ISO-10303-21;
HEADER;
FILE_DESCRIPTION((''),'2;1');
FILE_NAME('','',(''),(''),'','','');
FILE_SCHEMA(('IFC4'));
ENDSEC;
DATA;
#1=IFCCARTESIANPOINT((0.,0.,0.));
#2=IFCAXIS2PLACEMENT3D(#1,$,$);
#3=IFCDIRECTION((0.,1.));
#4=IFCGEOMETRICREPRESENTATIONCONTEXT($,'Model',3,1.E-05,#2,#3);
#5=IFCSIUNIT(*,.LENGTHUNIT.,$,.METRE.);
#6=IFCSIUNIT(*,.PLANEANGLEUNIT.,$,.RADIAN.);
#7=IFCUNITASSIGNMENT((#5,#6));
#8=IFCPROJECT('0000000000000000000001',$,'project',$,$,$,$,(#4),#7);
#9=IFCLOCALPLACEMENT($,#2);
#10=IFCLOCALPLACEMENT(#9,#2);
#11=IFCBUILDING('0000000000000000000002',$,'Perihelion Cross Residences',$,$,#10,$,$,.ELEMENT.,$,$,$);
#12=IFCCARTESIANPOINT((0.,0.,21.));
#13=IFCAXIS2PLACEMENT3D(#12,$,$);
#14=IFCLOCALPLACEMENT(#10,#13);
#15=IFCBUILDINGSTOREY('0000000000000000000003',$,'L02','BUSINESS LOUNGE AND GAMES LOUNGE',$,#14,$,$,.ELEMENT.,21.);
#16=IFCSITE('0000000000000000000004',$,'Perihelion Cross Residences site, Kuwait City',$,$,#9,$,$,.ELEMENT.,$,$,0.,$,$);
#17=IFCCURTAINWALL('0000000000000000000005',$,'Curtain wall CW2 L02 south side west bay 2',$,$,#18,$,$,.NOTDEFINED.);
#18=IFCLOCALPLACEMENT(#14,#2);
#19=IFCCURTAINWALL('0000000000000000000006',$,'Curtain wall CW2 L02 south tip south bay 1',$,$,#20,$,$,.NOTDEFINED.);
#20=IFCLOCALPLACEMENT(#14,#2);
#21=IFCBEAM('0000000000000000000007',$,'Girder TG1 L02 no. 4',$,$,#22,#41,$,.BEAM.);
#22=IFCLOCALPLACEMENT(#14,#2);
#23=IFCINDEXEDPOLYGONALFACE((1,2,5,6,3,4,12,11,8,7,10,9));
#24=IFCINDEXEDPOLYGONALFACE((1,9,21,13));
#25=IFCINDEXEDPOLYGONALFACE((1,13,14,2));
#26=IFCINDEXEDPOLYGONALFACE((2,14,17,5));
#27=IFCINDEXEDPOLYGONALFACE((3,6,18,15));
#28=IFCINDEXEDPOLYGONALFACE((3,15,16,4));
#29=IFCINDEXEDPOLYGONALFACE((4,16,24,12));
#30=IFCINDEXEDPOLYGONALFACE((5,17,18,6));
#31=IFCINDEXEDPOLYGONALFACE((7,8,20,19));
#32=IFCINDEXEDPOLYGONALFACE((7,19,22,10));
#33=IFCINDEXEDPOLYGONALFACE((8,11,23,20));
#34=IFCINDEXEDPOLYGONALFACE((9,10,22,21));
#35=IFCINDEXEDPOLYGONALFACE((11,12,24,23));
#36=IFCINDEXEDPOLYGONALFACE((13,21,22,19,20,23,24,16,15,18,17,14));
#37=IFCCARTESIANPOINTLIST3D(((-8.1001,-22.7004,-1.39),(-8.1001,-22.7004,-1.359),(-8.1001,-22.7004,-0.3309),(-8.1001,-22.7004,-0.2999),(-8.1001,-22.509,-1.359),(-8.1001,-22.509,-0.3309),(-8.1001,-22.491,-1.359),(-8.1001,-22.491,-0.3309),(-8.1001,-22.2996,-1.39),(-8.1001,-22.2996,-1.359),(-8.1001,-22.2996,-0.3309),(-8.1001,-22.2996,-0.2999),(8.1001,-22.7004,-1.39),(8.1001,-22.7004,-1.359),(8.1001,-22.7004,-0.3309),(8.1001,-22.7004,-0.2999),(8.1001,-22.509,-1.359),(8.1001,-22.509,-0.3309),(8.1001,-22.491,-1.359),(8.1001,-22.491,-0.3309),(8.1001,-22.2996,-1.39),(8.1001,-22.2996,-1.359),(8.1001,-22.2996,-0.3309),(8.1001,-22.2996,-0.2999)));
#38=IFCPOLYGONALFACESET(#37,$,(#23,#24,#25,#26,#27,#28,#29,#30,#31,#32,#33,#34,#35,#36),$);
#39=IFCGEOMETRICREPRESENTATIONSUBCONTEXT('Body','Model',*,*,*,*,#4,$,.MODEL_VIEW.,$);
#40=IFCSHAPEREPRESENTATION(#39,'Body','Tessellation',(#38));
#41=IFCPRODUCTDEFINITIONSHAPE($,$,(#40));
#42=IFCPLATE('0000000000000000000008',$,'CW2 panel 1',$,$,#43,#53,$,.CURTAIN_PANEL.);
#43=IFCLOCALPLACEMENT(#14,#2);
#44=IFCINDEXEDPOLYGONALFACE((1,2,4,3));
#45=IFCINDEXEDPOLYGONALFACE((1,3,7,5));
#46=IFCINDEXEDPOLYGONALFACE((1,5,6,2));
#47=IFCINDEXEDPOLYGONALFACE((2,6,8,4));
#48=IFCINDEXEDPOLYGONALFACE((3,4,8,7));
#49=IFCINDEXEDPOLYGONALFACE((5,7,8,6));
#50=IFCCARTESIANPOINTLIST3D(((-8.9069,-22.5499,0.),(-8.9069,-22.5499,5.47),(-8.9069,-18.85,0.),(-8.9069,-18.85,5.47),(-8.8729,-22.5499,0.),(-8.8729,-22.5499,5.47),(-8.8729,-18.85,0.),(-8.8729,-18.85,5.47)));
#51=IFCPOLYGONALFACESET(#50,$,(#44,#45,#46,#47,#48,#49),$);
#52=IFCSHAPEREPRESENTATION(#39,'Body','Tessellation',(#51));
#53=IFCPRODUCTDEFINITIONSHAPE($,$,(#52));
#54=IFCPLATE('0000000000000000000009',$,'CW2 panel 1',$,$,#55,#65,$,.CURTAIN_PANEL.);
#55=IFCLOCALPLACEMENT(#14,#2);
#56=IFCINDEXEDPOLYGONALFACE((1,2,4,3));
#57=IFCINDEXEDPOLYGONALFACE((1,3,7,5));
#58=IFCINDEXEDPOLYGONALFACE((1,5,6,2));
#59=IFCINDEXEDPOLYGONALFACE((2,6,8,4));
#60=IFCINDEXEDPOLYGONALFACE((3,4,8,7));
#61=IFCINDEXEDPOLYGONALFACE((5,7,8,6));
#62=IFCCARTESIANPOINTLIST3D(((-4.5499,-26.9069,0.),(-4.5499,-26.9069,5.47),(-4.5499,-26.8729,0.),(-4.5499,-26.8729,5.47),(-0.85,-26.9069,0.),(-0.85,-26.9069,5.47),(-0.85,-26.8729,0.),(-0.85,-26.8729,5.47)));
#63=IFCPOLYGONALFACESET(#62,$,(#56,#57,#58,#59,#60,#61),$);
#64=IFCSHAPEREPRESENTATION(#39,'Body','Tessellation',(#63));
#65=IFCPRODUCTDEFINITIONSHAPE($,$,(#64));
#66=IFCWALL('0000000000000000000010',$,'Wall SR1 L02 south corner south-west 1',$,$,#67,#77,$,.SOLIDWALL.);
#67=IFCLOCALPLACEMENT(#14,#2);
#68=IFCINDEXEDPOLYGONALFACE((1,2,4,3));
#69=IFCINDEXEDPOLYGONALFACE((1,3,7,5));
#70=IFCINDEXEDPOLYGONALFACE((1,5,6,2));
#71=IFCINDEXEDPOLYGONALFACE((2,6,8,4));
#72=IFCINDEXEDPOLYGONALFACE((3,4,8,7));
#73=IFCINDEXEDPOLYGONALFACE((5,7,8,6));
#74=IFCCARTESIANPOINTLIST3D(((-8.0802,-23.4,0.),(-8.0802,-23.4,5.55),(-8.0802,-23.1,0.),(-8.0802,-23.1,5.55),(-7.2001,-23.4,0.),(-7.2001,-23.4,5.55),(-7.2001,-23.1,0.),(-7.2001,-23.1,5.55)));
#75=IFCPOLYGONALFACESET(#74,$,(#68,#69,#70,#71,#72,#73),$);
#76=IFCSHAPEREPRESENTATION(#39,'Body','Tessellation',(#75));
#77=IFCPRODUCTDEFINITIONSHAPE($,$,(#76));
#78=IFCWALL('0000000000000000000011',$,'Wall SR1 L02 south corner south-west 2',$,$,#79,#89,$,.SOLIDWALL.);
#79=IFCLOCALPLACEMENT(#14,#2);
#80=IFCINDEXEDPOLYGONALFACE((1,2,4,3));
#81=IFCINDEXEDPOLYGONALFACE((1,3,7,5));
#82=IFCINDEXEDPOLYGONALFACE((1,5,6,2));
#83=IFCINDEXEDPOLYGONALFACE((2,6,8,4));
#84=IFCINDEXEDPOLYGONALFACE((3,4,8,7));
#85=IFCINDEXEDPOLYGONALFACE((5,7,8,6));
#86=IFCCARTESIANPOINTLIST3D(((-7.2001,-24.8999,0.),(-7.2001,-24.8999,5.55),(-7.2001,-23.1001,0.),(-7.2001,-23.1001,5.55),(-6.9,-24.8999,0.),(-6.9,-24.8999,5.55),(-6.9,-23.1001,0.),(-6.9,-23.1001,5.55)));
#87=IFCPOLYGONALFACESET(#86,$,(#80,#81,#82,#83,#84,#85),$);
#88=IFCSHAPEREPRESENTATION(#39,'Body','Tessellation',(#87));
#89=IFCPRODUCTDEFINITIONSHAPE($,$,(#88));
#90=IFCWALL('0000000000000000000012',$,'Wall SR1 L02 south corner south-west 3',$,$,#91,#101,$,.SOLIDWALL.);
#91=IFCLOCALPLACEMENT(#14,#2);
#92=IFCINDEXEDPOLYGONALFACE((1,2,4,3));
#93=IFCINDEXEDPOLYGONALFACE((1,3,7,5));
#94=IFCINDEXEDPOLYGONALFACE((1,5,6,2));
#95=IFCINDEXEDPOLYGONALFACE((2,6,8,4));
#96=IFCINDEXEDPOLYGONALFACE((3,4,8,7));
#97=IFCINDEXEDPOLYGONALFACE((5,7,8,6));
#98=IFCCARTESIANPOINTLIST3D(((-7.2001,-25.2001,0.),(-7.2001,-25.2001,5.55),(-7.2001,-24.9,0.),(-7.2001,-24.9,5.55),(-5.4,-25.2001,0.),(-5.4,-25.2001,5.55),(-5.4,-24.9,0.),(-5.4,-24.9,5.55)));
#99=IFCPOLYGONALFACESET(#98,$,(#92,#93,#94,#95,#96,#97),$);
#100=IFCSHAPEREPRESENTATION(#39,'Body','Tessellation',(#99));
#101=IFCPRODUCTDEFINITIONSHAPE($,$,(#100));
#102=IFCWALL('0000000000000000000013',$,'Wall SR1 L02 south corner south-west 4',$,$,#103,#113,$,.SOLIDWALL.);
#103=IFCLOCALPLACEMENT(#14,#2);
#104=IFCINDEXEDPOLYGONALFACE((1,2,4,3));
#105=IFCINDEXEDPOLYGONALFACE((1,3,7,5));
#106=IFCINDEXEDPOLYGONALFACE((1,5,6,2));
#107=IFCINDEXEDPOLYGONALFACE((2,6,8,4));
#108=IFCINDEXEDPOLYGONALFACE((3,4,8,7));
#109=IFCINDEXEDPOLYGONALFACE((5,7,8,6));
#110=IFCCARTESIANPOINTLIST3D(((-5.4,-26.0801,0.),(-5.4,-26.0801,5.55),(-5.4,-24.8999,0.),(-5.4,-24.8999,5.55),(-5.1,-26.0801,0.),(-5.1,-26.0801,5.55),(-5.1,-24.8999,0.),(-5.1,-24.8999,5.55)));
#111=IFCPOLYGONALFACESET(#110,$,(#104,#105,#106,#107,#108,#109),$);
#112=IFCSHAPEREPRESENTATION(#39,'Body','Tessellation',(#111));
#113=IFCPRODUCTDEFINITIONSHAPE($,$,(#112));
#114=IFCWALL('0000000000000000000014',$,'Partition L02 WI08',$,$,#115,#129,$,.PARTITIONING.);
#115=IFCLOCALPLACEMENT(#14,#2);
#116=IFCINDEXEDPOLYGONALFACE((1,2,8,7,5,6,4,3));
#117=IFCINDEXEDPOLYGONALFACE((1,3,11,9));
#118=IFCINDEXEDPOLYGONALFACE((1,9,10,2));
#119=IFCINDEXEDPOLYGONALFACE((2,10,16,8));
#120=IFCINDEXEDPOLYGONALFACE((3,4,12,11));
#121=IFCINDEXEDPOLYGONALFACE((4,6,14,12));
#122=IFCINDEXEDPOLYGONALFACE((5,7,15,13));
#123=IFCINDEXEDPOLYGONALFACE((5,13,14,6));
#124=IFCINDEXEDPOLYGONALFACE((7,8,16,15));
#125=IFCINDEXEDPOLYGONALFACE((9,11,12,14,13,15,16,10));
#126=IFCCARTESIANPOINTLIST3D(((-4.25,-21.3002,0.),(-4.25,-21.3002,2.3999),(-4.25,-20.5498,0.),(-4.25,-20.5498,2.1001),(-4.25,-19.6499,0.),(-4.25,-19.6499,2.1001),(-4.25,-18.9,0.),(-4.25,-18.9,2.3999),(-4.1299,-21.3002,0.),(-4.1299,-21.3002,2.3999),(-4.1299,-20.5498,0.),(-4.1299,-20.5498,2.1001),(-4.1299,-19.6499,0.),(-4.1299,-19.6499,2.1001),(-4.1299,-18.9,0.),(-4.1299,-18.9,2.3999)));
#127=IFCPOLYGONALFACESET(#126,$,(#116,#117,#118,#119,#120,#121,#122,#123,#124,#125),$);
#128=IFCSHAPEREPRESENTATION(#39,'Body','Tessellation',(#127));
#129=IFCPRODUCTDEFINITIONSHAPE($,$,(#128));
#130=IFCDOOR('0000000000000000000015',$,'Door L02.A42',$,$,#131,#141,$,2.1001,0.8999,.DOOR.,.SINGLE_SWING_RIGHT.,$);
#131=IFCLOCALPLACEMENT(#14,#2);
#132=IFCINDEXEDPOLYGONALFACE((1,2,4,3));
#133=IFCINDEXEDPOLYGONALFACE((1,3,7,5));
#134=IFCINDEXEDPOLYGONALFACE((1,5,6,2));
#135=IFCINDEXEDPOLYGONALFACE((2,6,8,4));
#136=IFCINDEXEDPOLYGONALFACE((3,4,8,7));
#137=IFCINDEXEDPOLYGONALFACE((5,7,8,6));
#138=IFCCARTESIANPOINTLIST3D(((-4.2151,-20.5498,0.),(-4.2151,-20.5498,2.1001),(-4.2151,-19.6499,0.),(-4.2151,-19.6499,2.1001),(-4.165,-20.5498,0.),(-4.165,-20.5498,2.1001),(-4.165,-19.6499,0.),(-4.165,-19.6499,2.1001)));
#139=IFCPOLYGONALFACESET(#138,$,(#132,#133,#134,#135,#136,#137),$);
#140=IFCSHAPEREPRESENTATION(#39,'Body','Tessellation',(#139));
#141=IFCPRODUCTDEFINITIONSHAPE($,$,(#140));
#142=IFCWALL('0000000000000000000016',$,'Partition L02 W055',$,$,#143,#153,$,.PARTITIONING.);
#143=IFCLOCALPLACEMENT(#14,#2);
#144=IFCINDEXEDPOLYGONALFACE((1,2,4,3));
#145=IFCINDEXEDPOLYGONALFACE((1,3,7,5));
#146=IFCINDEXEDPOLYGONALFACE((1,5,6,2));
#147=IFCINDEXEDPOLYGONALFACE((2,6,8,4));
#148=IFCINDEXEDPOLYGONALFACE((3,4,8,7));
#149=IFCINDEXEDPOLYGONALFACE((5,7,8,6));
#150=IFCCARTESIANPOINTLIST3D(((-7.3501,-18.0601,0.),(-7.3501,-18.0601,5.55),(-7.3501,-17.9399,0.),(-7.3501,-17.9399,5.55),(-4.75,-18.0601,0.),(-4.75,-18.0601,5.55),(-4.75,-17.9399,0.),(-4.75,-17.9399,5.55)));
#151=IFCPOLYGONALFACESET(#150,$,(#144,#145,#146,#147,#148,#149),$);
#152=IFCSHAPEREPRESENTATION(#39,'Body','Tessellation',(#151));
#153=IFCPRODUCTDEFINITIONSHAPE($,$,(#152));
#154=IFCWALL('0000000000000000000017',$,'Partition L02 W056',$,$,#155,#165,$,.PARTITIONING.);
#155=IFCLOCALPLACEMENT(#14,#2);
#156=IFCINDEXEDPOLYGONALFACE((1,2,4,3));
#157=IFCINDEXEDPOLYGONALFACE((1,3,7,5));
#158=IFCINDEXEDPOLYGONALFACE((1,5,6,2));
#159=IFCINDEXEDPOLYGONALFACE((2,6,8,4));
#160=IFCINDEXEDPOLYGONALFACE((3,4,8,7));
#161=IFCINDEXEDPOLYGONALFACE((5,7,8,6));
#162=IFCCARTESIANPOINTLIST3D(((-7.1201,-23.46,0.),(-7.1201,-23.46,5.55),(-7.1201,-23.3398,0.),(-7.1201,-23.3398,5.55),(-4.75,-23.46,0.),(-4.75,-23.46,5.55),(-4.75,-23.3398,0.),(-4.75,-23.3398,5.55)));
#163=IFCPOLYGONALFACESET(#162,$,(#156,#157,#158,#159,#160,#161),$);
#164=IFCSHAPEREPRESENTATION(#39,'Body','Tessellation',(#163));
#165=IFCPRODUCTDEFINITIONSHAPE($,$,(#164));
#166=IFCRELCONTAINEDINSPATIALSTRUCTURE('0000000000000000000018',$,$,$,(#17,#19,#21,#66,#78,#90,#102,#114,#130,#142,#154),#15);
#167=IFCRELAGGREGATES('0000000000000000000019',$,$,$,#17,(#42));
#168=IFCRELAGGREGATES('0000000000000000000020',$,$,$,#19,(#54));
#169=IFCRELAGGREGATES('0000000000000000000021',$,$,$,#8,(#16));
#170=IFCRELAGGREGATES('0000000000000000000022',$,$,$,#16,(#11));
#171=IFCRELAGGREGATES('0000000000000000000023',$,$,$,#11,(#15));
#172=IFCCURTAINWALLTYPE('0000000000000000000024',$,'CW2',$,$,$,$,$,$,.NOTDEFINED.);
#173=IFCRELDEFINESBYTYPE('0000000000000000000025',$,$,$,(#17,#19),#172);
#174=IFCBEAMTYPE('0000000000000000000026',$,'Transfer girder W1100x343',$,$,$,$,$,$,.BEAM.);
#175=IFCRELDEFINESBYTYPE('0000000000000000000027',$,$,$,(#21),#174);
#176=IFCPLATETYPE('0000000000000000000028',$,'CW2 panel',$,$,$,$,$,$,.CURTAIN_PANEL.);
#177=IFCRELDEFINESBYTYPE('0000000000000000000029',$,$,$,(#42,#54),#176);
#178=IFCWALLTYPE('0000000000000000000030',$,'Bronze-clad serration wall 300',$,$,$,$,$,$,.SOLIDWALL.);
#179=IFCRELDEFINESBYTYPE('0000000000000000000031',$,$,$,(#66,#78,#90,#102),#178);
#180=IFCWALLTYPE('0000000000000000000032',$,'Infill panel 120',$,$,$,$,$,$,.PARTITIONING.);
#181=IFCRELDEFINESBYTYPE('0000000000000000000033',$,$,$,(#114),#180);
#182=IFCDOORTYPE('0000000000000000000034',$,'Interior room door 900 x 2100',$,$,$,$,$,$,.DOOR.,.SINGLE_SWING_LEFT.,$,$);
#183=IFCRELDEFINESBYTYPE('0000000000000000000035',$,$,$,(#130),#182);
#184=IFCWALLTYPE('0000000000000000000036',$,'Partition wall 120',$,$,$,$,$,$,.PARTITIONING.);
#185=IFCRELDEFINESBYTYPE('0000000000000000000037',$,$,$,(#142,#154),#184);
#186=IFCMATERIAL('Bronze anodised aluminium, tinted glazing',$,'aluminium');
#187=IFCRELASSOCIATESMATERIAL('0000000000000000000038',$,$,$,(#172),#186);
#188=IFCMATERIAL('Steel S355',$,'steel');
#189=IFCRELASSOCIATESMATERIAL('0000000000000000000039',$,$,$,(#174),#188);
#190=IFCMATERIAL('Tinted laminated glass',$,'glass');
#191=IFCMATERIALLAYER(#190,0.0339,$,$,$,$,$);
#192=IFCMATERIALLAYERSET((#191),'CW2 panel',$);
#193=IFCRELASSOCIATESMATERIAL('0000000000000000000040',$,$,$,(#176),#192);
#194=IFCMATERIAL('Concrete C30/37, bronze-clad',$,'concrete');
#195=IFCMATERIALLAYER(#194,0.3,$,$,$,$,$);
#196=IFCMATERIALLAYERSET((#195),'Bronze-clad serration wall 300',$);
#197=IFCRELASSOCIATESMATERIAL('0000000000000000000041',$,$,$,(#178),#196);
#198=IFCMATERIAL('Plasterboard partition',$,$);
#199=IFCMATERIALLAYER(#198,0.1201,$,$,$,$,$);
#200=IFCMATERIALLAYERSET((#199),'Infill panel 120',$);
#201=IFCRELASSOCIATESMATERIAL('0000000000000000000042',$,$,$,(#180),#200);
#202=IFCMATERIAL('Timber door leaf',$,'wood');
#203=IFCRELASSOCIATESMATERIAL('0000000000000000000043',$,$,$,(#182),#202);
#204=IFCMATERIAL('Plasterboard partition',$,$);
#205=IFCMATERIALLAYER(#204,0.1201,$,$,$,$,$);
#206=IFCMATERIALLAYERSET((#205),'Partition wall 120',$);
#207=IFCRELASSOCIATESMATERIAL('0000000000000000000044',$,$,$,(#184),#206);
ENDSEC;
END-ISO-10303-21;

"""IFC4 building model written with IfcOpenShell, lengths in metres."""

from ifc_helpers import new_model, si_unit, direction, frame, frame_2d, origin, origin_2d, place, context, subcontext, project, spatial, rectangle, i_section, extrude, material, layer, layer_set, material_profile, profile_set, type_object, element, fill, aggregate, save


model = new_model("IFC4")

# Units and contexts
model_context = context("Model", 3, precision=1e-05, world=origin(), true_north=direction((0.0, 1.0)))
body_context = subcontext(model_context, "Body", "Model", "MODEL_VIEW")
ifc_project = project(units=[si_unit("LENGTHUNIT", "METRE"), si_unit("PLANEANGLEUNIT", "RADIAN")], contexts=[model_context])

# Site, building, storey
site_placement = place(None, origin())
site = spatial("IfcSite", under=ifc_project, at=site_placement, Name="Perihelion Cross Residences site, Kuwait City", CompositionType="ELEMENT", RefElevation=0.0)
building_placement = place(site_placement, origin())
building = spatial("IfcBuilding", under=site, at=building_placement, Name="Perihelion Cross Residences", CompositionType="ELEMENT")
storey_placement = place(building_placement, frame((0.0, 0.0, 21.0)))
storey = spatial("IfcBuildingStorey", under=building, at=storey_placement, Name="L02", Description="BUSINESS LOUNGE AND GAMES LOUNGE", CompositionType="ELEMENT", Elevation=21.0)

# Curtain walls
ifc_material_1 = material(Name="Bronze anodised aluminium, tinted glazing", Category="aluminium")
curtain_wall_type = type_object("IfcCurtainWallType", Name="CW2", PredefinedType="NOTDEFINED", material=ifc_material_1)
curtain_wall_1_placement = place(storey_placement, origin())
curtain_wall_1 = element("IfcCurtainWall", 1, at=curtain_wall_1_placement, inside=storey, type_object=curtain_wall_type, Name="Curtain wall CW2 L02 south side west bay 2", PredefinedType="NOTDEFINED")
curtain_wall_2_placement = place(storey_placement, origin())
curtain_wall_2 = element("IfcCurtainWall", 2, at=curtain_wall_2_placement, inside=storey, type_object=curtain_wall_type, Name="Curtain wall CW2 L02 south tip south bay 1", PredefinedType="NOTDEFINED")

# Beam
ifc_material_2 = material(Name="Steel S355", Category="steel")
ifc_material_profile_1 = material_profile(ifc_material_2, i_section(OverallWidth=0.4009, OverallDepth=1.0901, WebThickness=0.0181, FlangeThickness=0.031, at=origin_2d()), Name="W1100x343")
ifc_profile_set_1 = profile_set([ifc_material_profile_1], Name="Steel S355")
beam_type_1 = type_object("IfcBeamType", Name="Transfer girder W1100x343", PredefinedType="BEAM", material=ifc_profile_set_1)
beam_1_placement = place(storey_placement, frame((-8.1001, -22.5, -0.845), z_axis=(1.0, 0.0, 0.0), x_axis=(0.0, 1.0, 0.0)))
element("IfcBeam", 3, at=beam_1_placement, inside=storey, type_object=beam_type_1, Name="Girder TG1 L02 no. 4", PredefinedType="BEAM", context=body_context, shape_type="SweptSolid", body=[
    extrude(i_section(OverallWidth=0.4009, OverallDepth=1.0901, WebThickness=0.0181, FlangeThickness=0.031, at=origin_2d()), origin(), (0.0, 0.0, 1.0), 16.2002),
])

# Plates
ifc_material_3 = material(Name="Tinted laminated glass", Category="glass")
ifc_layer_1 = layer(ifc_material_3, 0.0339)
ifc_layer_set_1 = layer_set([ifc_layer_1], Name="CW2 panel")
plate_type = type_object("IfcPlateType", Name="CW2 panel", PredefinedType="CURTAIN_PANEL", material=ifc_layer_set_1)
plate_1_placement = place(storey_placement, frame((-8.8899, -20.7, 0.0), z_axis=(0.0, 0.0, 1.0), x_axis=(0.0, -1.0, 0.0)))
plate_1 = element("IfcPlate", 4, at=plate_1_placement, type_object=plate_type, Name="CW2 panel 1", PredefinedType="CURTAIN_PANEL", context=body_context, shape_type="SweptSolid", body=[
    extrude(rectangle(XDim=3.7, YDim=0.0339, at=origin_2d()), origin(), (0.0, 0.0, 1.0), 5.47),
])
aggregate(curtain_wall_1, [plate_1])
plate_2_placement = place(storey_placement, frame((-2.7, -26.8899, 0.0), z_axis=(0.0, 0.0, 1.0), x_axis=(1.0, 0.0, 0.0)))
plate_2 = element("IfcPlate", 5, at=plate_2_placement, type_object=plate_type, Name="CW2 panel 1", PredefinedType="CURTAIN_PANEL", context=body_context, shape_type="SweptSolid", body=[
    extrude(rectangle(XDim=3.7, YDim=0.0339, at=origin_2d()), origin(), (0.0, 0.0, 1.0), 5.47),
])
aggregate(curtain_wall_2, [plate_2])

# Walls
ifc_material_4 = material(Name="Concrete C30/37, bronze-clad", Category="concrete")
ifc_layer_2 = layer(ifc_material_4, 0.3)
ifc_layer_set_2 = layer_set([ifc_layer_2], Name="Bronze-clad serration wall 300")
wall_type_1 = type_object("IfcWallType", Name="Bronze-clad serration wall 300", PredefinedType="SOLIDWALL", material=ifc_layer_set_2)
wall_1_placement = place(storey_placement, frame((-8.0801, -23.25, 0.0), z_axis=(0.0, 0.0, 1.0), x_axis=(1.0, 0.0, 0.0)))
element("IfcWall", 6, at=wall_1_placement, inside=storey, type_object=wall_type_1, Name="Wall SR1 L02 south corner south-west 1", PredefinedType="SOLIDWALL", context=body_context, shape_type="SweptSolid", body=[
    extrude(rectangle(XDim=0.8801, YDim=0.3, at=frame_2d((0.4399, 0.0))), origin(), (0.0, 0.0, 1.0), 5.55),
])
wall_2_placement = place(storey_placement, frame((-7.05, -23.1001, 0.0), z_axis=(0.0, 0.0, 1.0), x_axis=(0.0, -1.0, 0.0)))
element("IfcWall", 7, at=wall_2_placement, inside=storey, type_object=wall_type_1, Name="Wall SR1 L02 south corner south-west 2", PredefinedType="SOLIDWALL", context=body_context, shape_type="SweptSolid", body=[
    extrude(rectangle(XDim=1.7998, YDim=0.3, at=frame_2d((0.8999, 0.0))), origin(), (0.0, 0.0, 1.0), 5.55),
])
wall_3_placement = place(storey_placement, frame((-7.2, -25.05, 0.0), z_axis=(0.0, 0.0, 1.0), x_axis=(1.0, 0.0, 0.0)))
element("IfcWall", 8, at=wall_3_placement, inside=storey, type_object=wall_type_1, Name="Wall SR1 L02 south corner south-west 3", PredefinedType="SOLIDWALL", context=body_context, shape_type="SweptSolid", body=[
    extrude(rectangle(XDim=1.8, YDim=0.3, at=frame_2d((0.8999, 0.0))), origin(), (0.0, 0.0, 1.0), 5.55),
])
wall_4_placement = place(storey_placement, frame((-5.25, -24.8999, 0.0), z_axis=(0.0, 0.0, 1.0), x_axis=(0.0, -1.0, 0.0)))
element("IfcWall", 9, at=wall_4_placement, inside=storey, type_object=wall_type_1, Name="Wall SR1 L02 south corner south-west 4", PredefinedType="SOLIDWALL", context=body_context, shape_type="SweptSolid", body=[
    extrude(rectangle(XDim=1.1802, YDim=0.3, at=frame_2d((0.5901, 0.0))), origin(), (0.0, 0.0, 1.0), 5.55),
])

# Wall, opening, door
ifc_material_5 = material(Name="Plasterboard partition")
ifc_layer_3 = layer(ifc_material_5, 0.1201)
ifc_layer_set_3 = layer_set([ifc_layer_3], Name="Infill panel 120")
wall_type_2 = type_object("IfcWallType", Name="Infill panel 120", PredefinedType="PARTITIONING", material=ifc_layer_set_3)
wall_5_placement = place(storey_placement, frame((-4.1899, -18.8999, 0.0), z_axis=(0.0, 0.0, 1.0), x_axis=(0.0, -1.0, 0.0)))
wall_5 = element("IfcWall", 10, at=wall_5_placement, inside=storey, type_object=wall_type_2, Name="Partition L02 WI08", PredefinedType="PARTITIONING", context=body_context, shape_type="SweptSolid", body=[
    extrude(rectangle(XDim=2.4001, YDim=0.1201, at=frame_2d((1.2002, 0.0))), origin(), (0.0, 0.0, 1.0), 2.3999),
])
opening_placement = place(wall_5_placement, frame((0.75, 0.0, 0.0)))
opening = element("IfcOpeningElement", 11, at=opening_placement, cuts=wall_5, PredefinedType="OPENING", context=body_context, shape_type="SweptSolid", body=[
    extrude(rectangle(XDim=0.8999, YDim=2.1001, at=frame_2d((0.45, 1.05))), frame((0.0, 0.0701, 0.0), z_axis=(0.0, -1.0, 0.0), x_axis=(1.0, 0.0, 0.0)), (0.0, 0.0, 1.0), 0.1401),
])
ifc_material_6 = material(Name="Timber door leaf", Category="wood")
door_type = type_object("IfcDoorType", Name="Interior room door 900 x 2100", OperationType="SINGLE_SWING_LEFT", PredefinedType="DOOR", material=ifc_material_6)
door_placement = place(opening_placement, origin())
door = element("IfcDoor", 12, at=door_placement, inside=storey, type_object=door_type, Name="Door L02.A42", OperationType="SINGLE_SWING_RIGHT", OverallHeight=2.1001, OverallWidth=0.8999, PredefinedType="DOOR", context=body_context, shape_type="SweptSolid", body=[
    extrude(rectangle(XDim=0.8999, YDim=2.1001, at=frame_2d((0.45, 1.05))), frame((0.0, 0.0249, 0.0), z_axis=(0.0, -1.0, 0.0), x_axis=(1.0, 0.0, 0.0)), (0.0, 0.0, 1.0), 0.05),
])
fill(opening, door)

# Walls
ifc_material_7 = material(Name="Plasterboard partition")
ifc_layer_4 = layer(ifc_material_7, 0.1201)
ifc_layer_set_4 = layer_set([ifc_layer_4], Name="Partition wall 120")
wall_type_3 = type_object("IfcWallType", Name="Partition wall 120", PredefinedType="PARTITIONING", material=ifc_layer_set_4)
wall_6_placement = place(storey_placement, frame((-4.75, -18.0, 0.0), z_axis=(0.0, 0.0, 1.0), x_axis=(-1.0, 0.0, 0.0)))
element("IfcWall", 13, at=wall_6_placement, inside=storey, type_object=wall_type_3, Name="Partition L02 W055", PredefinedType="PARTITIONING", context=body_context, shape_type="SweptSolid", body=[
    extrude(rectangle(XDim=2.6001, YDim=0.1201, at=frame_2d((1.3, 0.0))), origin(), (0.0, 0.0, 1.0), 5.55),
])
wall_7_placement = place(storey_placement, frame((-4.75, -23.3999, 0.0), z_axis=(0.0, 0.0, 1.0), x_axis=(-1.0, 0.0, 0.0)))
element("IfcWall", 14, at=wall_7_placement, inside=storey, type_object=wall_type_3, Name="Partition L02 W056", PredefinedType="PARTITIONING", context=body_context, shape_type="SweptSolid", body=[
    extrude(rectangle(XDim=2.3701, YDim=0.1201, at=frame_2d((1.1851, 0.0))), origin(), (0.0, 0.0, 1.0), 5.55),
])

save(model, "model.ifc")
